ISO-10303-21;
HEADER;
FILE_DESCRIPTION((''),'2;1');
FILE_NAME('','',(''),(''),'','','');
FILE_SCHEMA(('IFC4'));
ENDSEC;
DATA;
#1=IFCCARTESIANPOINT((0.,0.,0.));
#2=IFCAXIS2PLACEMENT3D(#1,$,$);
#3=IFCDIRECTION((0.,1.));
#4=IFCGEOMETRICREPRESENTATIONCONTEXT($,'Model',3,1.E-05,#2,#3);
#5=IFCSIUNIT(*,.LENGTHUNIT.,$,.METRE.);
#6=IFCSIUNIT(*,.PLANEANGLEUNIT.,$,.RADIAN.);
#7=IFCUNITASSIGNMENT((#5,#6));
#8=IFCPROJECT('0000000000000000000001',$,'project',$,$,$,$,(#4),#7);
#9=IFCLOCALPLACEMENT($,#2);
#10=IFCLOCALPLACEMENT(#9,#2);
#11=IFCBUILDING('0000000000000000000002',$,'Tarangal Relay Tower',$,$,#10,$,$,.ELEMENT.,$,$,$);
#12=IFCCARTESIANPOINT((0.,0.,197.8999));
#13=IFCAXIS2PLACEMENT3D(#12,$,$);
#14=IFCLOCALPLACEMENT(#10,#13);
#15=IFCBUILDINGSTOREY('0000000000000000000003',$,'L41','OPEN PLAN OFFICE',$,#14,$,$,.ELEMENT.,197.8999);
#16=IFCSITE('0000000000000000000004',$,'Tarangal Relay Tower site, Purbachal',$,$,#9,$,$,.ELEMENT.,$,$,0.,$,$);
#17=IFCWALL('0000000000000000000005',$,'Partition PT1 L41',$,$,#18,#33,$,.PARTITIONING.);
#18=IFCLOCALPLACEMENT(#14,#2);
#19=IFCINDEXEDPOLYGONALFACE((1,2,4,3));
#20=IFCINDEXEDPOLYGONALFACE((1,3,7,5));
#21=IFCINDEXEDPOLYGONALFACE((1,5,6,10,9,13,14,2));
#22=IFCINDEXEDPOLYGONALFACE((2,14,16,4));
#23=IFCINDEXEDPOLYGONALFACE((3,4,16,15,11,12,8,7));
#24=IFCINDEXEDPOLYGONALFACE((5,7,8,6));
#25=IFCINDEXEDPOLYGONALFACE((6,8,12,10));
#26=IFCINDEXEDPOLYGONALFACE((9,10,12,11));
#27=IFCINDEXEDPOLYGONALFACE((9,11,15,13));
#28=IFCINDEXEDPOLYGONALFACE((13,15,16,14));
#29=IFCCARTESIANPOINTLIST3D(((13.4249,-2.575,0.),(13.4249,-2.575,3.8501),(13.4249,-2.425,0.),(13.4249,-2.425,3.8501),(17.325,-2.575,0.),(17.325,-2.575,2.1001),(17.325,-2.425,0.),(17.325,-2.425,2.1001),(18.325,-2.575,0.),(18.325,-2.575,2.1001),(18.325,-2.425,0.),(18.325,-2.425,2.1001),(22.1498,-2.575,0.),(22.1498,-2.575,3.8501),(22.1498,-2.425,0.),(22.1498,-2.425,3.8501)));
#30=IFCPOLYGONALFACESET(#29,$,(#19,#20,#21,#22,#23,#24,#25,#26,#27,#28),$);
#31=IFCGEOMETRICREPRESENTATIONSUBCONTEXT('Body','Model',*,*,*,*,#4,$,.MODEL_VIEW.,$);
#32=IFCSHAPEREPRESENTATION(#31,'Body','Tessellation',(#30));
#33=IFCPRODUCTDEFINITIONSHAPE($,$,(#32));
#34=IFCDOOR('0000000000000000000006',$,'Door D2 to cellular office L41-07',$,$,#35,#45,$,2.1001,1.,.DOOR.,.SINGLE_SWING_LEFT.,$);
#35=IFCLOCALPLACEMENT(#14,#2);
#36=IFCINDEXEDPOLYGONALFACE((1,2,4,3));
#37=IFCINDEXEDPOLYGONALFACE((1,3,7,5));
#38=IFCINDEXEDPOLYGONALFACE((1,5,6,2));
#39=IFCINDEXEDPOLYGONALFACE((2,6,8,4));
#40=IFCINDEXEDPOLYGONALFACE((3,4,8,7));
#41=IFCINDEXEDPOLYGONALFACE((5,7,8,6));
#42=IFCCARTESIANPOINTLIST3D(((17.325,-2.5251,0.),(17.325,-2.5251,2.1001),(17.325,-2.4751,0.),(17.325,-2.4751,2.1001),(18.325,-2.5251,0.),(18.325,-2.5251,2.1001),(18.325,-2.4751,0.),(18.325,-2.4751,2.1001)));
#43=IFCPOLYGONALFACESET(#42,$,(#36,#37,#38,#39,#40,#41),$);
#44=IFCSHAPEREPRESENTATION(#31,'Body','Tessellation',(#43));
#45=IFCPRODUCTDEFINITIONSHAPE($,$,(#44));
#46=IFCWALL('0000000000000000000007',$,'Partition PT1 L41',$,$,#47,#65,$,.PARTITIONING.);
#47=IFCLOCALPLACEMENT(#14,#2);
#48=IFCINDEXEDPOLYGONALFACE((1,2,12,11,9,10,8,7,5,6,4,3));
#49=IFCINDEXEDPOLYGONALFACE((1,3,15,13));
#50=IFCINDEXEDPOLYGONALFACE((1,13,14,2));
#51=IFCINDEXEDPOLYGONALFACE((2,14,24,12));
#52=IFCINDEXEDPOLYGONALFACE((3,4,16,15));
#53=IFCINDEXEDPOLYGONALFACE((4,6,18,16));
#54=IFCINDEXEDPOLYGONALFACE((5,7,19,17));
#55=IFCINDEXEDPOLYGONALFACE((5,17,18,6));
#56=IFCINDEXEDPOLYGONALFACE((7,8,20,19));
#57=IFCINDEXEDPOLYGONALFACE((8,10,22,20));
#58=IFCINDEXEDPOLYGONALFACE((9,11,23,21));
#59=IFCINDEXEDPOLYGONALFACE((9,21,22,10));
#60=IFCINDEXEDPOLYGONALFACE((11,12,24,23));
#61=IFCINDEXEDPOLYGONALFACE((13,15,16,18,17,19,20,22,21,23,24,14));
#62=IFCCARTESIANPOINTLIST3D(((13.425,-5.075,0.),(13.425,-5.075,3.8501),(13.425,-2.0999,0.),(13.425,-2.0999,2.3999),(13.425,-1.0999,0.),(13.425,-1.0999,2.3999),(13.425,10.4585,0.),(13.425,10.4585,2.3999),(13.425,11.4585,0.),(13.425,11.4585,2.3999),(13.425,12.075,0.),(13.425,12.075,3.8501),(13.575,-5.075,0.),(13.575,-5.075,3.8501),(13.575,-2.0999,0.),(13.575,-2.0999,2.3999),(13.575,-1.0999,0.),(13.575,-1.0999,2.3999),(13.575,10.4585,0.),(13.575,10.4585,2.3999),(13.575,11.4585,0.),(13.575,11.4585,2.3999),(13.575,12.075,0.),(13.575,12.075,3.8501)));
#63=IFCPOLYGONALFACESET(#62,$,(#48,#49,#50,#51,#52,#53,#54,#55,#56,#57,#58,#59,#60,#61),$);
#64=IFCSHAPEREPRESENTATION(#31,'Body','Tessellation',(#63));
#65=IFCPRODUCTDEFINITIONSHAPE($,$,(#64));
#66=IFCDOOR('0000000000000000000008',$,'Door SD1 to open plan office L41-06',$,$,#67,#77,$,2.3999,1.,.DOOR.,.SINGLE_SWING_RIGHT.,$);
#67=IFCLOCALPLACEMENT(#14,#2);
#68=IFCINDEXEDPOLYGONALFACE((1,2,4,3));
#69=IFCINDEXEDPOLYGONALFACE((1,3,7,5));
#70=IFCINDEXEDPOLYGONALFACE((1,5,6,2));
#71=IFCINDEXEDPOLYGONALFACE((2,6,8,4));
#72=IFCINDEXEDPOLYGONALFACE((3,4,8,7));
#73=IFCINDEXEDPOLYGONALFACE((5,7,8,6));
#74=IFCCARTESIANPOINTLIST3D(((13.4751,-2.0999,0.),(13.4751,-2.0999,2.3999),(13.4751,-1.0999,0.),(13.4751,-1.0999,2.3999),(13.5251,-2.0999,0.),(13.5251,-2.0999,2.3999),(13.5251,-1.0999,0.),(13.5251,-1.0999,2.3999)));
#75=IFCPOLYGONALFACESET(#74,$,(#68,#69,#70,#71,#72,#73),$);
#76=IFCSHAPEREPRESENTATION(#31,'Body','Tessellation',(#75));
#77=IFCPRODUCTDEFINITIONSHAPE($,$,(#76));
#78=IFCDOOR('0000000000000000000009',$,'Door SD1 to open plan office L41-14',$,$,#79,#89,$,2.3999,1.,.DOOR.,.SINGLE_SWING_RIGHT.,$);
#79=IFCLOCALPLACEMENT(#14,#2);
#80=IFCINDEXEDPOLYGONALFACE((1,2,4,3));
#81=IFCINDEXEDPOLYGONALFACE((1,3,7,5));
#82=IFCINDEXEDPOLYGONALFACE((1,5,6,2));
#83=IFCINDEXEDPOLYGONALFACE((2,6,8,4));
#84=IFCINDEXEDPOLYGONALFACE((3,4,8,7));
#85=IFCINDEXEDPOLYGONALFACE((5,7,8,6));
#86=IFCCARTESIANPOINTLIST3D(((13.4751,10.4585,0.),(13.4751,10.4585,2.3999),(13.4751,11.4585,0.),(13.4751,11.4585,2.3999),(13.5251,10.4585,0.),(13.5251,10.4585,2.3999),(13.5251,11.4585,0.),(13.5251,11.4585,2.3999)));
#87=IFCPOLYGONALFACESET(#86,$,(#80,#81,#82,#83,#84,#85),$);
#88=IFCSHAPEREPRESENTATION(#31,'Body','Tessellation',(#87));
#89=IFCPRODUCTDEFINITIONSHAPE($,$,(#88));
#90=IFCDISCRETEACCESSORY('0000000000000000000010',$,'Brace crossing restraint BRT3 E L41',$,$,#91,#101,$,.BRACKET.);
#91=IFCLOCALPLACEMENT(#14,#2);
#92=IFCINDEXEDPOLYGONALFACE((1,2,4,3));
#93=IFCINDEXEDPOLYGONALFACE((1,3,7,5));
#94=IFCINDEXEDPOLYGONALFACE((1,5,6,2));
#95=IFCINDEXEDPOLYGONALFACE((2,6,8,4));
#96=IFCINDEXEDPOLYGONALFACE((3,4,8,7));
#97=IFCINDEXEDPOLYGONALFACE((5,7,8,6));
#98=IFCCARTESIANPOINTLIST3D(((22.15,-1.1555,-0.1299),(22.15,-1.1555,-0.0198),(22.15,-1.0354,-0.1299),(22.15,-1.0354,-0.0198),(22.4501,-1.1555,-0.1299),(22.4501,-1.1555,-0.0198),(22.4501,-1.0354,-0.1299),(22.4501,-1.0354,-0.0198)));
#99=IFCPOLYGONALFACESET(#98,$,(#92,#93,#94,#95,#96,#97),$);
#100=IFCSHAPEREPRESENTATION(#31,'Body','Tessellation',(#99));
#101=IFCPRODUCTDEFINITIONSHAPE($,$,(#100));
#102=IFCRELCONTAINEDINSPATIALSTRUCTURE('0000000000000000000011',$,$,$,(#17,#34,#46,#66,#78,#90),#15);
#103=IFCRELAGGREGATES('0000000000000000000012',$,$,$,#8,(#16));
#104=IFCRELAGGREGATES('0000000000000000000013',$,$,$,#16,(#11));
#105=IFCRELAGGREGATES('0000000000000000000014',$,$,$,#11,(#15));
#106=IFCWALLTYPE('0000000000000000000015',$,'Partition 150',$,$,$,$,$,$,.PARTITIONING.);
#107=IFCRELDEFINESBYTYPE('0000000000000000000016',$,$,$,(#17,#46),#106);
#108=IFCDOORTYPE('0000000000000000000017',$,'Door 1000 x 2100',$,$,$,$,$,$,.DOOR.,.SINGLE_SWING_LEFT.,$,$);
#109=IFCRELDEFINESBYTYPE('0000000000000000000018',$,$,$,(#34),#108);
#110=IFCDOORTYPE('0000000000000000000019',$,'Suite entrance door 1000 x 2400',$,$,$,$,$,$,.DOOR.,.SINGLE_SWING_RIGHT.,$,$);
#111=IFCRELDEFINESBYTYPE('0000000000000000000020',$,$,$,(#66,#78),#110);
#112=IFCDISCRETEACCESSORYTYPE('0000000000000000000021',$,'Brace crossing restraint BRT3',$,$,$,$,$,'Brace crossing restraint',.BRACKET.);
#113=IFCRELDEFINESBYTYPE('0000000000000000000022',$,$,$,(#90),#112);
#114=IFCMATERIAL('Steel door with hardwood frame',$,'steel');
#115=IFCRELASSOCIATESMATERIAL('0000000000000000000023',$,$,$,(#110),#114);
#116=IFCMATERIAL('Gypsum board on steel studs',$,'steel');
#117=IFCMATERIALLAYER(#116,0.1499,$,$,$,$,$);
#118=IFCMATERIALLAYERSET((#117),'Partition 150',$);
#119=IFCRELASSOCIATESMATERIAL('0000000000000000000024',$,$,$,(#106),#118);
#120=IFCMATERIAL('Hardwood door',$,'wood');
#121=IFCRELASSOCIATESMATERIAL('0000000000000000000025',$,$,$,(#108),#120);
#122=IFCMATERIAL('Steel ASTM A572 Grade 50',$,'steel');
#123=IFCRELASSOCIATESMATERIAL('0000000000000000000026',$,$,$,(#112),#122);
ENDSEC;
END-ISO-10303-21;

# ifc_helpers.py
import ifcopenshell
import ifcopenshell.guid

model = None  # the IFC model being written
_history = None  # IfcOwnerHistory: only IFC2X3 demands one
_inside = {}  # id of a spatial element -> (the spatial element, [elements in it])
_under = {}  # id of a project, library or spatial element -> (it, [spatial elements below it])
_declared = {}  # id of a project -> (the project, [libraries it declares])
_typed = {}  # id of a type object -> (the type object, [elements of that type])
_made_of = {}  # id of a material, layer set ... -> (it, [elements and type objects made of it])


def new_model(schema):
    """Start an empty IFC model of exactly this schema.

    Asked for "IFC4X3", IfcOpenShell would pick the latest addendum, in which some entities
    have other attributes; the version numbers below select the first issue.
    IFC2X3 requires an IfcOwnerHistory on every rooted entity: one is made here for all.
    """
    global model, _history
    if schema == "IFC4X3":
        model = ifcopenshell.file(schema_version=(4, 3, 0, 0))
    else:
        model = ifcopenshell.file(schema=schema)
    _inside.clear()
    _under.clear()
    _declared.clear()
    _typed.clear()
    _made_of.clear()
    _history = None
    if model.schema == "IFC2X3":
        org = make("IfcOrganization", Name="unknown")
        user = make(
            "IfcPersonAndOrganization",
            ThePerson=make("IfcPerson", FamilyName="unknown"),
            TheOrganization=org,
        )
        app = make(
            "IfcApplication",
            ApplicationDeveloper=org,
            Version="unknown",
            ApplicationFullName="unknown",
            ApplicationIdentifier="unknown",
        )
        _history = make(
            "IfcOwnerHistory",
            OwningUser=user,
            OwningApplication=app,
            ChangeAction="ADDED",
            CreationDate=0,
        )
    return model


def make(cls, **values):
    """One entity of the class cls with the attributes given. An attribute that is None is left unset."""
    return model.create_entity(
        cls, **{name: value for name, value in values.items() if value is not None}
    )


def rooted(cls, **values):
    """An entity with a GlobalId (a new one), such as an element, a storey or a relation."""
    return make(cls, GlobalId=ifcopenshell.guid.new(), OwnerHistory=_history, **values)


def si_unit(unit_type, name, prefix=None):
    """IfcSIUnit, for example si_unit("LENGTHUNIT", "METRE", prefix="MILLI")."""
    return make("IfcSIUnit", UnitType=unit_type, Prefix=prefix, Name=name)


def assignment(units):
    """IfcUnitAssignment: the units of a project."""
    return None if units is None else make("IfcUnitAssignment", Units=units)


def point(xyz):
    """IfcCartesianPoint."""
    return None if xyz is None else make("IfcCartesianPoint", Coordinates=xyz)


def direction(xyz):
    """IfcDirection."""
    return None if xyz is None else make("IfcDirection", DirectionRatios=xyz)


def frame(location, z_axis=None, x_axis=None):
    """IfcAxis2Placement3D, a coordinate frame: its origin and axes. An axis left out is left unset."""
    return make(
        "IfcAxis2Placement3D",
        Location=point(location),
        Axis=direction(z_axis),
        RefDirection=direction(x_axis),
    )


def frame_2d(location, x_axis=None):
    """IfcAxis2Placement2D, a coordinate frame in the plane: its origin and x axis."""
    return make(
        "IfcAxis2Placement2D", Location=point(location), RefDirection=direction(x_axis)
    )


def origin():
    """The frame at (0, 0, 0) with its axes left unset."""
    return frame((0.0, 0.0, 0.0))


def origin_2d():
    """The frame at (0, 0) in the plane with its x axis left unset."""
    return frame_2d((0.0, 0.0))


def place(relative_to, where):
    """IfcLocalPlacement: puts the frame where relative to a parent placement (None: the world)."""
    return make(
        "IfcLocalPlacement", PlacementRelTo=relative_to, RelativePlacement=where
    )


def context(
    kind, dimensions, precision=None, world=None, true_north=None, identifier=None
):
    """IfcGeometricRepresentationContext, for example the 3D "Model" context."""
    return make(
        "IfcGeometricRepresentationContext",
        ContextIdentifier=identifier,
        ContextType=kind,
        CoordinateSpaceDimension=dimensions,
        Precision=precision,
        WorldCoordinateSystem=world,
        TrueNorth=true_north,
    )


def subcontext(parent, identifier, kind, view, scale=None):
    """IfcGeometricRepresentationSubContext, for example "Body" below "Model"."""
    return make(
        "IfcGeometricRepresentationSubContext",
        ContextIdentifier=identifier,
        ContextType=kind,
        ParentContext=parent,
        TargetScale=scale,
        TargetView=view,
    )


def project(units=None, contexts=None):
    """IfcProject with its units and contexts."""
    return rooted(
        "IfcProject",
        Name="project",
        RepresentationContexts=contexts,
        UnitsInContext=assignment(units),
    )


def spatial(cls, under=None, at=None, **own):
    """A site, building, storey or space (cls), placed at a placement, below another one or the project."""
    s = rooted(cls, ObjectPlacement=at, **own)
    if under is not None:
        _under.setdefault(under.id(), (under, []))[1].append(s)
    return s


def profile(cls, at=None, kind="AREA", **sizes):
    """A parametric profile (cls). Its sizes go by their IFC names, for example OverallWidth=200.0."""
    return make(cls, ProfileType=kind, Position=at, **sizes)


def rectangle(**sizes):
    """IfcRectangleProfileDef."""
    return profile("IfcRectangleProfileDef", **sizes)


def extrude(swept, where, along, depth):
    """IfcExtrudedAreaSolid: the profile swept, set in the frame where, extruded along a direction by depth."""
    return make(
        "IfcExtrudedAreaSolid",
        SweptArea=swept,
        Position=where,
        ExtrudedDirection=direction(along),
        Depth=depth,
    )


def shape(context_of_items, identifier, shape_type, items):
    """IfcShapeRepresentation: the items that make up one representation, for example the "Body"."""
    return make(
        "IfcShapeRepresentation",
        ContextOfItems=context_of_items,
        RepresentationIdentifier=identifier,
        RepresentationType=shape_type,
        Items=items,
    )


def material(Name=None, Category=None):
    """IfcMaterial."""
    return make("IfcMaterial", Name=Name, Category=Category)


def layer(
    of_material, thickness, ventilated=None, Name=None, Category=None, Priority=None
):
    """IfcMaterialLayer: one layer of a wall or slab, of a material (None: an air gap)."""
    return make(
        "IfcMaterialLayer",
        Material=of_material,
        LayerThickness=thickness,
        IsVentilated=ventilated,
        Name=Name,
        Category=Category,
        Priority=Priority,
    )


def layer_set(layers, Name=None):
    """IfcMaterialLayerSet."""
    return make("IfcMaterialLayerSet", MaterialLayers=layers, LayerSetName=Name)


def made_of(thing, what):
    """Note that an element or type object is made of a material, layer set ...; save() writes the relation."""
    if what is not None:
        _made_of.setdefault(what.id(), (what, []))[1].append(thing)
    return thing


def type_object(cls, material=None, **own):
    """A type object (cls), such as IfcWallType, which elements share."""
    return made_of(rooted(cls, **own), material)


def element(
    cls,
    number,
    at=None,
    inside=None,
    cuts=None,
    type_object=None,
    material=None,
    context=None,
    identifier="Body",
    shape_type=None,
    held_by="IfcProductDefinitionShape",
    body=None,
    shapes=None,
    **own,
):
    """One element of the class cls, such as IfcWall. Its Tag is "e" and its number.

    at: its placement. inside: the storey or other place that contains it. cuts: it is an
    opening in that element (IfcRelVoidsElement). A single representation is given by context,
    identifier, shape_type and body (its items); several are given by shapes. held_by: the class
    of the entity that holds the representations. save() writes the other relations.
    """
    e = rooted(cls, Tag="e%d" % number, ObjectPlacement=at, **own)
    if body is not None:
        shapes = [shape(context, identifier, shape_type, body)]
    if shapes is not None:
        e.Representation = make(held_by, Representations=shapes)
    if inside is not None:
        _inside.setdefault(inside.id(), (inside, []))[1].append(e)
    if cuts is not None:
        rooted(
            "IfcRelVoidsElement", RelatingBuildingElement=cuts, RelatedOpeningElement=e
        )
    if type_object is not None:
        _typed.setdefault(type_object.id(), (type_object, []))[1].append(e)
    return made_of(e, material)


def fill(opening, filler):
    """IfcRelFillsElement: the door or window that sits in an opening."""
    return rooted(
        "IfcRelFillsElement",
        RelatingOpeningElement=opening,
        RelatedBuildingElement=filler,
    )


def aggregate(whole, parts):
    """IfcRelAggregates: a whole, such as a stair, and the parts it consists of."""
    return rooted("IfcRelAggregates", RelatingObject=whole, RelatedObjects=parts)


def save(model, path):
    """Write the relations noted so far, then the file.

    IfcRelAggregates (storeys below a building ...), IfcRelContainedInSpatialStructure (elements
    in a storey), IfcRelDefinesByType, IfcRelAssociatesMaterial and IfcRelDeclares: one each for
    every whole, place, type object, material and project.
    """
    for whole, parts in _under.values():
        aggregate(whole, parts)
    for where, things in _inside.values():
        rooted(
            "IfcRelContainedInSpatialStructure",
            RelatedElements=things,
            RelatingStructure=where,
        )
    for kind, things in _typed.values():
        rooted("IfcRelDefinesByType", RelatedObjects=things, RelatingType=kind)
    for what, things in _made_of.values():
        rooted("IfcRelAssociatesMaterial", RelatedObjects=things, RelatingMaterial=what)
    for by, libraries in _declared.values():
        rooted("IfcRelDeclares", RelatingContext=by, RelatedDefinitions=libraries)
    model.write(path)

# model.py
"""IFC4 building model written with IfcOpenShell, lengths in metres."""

from ifc_helpers import new_model, si_unit, direction, frame, frame_2d, origin, origin_2d, place, context, subcontext, project, spatial, rectangle, extrude, material, layer, layer_set, type_object, element, fill, save


model = new_model("IFC4")

# Units and contexts
model_context = context("Model", 3, precision=1e-05, world=origin(), true_north=direction((0.0, 1.0)))
body_context = subcontext(model_context, "Body", "Model", "MODEL_VIEW")
ifc_project = project(units=[si_unit("LENGTHUNIT", "METRE"), si_unit("PLANEANGLEUNIT", "RADIAN")], contexts=[model_context])

# Site, building, storey
site_placement = place(None, origin())
site = spatial("IfcSite", under=ifc_project, at=site_placement, Name="Tarangal Relay Tower site, Purbachal", CompositionType="ELEMENT", RefElevation=0.0)
building_placement = place(site_placement, origin())
building = spatial("IfcBuilding", under=site, at=building_placement, Name="Tarangal Relay Tower", CompositionType="ELEMENT")
storey_placement = place(building_placement, frame((0.0, 0.0, 197.8999)))
storey = spatial("IfcBuildingStorey", under=building, at=storey_placement, Name="L41", Description="OPEN PLAN OFFICE", CompositionType="ELEMENT", Elevation=197.8999)

# Shared definitions
ifc_material_1 = material(Name="Steel ASTM A572 Grade 50", Category="steel")

# Shared definitions
ifc_material_2 = material(Name="Steel door with hardwood frame", Category="steel")
door_type_1 = type_object("IfcDoorType", Name="Suite entrance door 1000 x 2400", OperationType="SINGLE_SWING_RIGHT", PredefinedType="DOOR", material=ifc_material_2)

# Wall, opening, door
ifc_material_3 = material(Name="Gypsum board on steel studs", Category="steel")
ifc_layer_1 = layer(ifc_material_3, 0.1499)
ifc_layer_set_1 = layer_set([ifc_layer_1], Name="Partition 150")
wall_type_1 = type_object("IfcWallType", Name="Partition 150", PredefinedType="PARTITIONING", material=ifc_layer_set_1)
wall_1_placement = place(storey_placement, frame((13.425, -2.5, 0.0), z_axis=(0.0, 0.0, 1.0), x_axis=(1.0, 0.0, 0.0)))
wall_1 = element("IfcWall", 1, at=wall_1_placement, inside=storey, type_object=wall_type_1, Name="Partition PT1 L41", PredefinedType="PARTITIONING", context=body_context, shape_type="SweptSolid", body=[
    extrude(rectangle(XDim=8.7249, YDim=0.1499, at=frame_2d((4.3623, 0.0))), origin(), (0.0, 0.0, 1.0), 3.8501),
])
opening_1_placement = place(wall_1_placement, frame((3.8999, 0.0, 0.0)))
opening_1 = element("IfcOpeningElement", 2, at=opening_1_placement, cuts=wall_1, PredefinedType="OPENING", context=body_context, shape_type="SweptSolid", body=[
    extrude(rectangle(XDim=1.0, YDim=2.1001, at=frame_2d((0.5, 1.05))), frame((0.0, 0.085, 0.0), z_axis=(0.0, -1.0, 0.0), x_axis=(1.0, 0.0, 0.0)), (0.0, 0.0, 1.0), 0.1699),
])
ifc_material_4 = material(Name="Hardwood door", Category="wood")
door_type_2 = type_object("IfcDoorType", Name="Door 1000 x 2100", OperationType="SINGLE_SWING_LEFT", PredefinedType="DOOR", material=ifc_material_4)
door_1_placement = place(opening_1_placement, origin())
door_1 = element("IfcDoor", 3, at=door_1_placement, inside=storey, type_object=door_type_2, Name="Door D2 to cellular office L41-07", OperationType="SINGLE_SWING_LEFT", OverallHeight=2.1001, OverallWidth=1.0, PredefinedType="DOOR", context=body_context, shape_type="SweptSolid", body=[
    extrude(rectangle(XDim=1.0, YDim=2.1001, at=frame_2d((0.5, 1.05))), frame((0.0, 0.0249, 0.0), z_axis=(0.0, -1.0, 0.0), x_axis=(1.0, 0.0, 0.0)), (0.0, 0.0, 1.0), 0.05),
])
fill(opening_1, door_1)

# Wall, openings, doors
wall_2_placement = place(storey_placement, frame((13.5, -5.075, 0.0), z_axis=(0.0, 0.0, 1.0), x_axis=(0.0, 1.0, 0.0)))
wall_2 = element("IfcWall", 4, at=wall_2_placement, inside=storey, type_object=wall_type_1, Name="Partition PT1 L41", PredefinedType="PARTITIONING", context=body_context, shape_type="SweptSolid", body=[
    extrude(rectangle(XDim=17.1499, YDim=0.1499, at=frame_2d((8.575, 0.0))), origin(), (0.0, 0.0, 1.0), 3.8501),
])
opening_2_placement = place(wall_2_placement, frame((2.9751, 0.0, 0.0)))
opening_2 = element("IfcOpeningElement", 5, at=opening_2_placement, cuts=wall_2, PredefinedType="OPENING", context=body_context, shape_type="SweptSolid", body=[
    extrude(rectangle(XDim=1.0, YDim=2.3999, at=frame_2d((0.5, 1.2))), frame((0.0, 0.085, 0.0), z_axis=(0.0, -1.0, 0.0), x_axis=(1.0, 0.0, 0.0)), (0.0, 0.0, 1.0), 0.1699),
])
opening_3_placement = place(wall_2_placement, frame((15.5334, 0.0, 0.0)))
opening_3 = element("IfcOpeningElement", 6, at=opening_3_placement, cuts=wall_2, PredefinedType="OPENING", context=body_context, shape_type="SweptSolid", body=[
    extrude(rectangle(XDim=1.0, YDim=2.3999, at=frame_2d((0.5, 1.2))), frame((0.0, 0.085, 0.0), z_axis=(0.0, -1.0, 0.0), x_axis=(1.0, 0.0, 0.0)), (0.0, 0.0, 1.0), 0.1699),
])
door_2_placement = place(opening_2_placement, origin())
door_2 = element("IfcDoor", 7, at=door_2_placement, inside=storey, type_object=door_type_1, Name="Door SD1 to open plan office L41-06", OperationType="SINGLE_SWING_RIGHT", OverallHeight=2.3999, OverallWidth=1.0, PredefinedType="DOOR", context=body_context, shape_type="SweptSolid", body=[
    extrude(rectangle(XDim=1.0, YDim=2.3999, at=frame_2d((0.5, 1.2))), frame((0.0, 0.0249, 0.0), z_axis=(0.0, -1.0, 0.0), x_axis=(1.0, 0.0, 0.0)), (0.0, 0.0, 1.0), 0.05),
])
fill(opening_2, door_2)
door_3_placement = place(opening_3_placement, origin())
door_3 = element("IfcDoor", 8, at=door_3_placement, inside=storey, type_object=door_type_1, Name="Door SD1 to open plan office L41-14", OperationType="SINGLE_SWING_RIGHT", OverallHeight=2.3999, OverallWidth=1.0, PredefinedType="DOOR", context=body_context, shape_type="SweptSolid", body=[
    extrude(rectangle(XDim=1.0, YDim=2.3999, at=frame_2d((0.5, 1.2))), frame((0.0, 0.0249, 0.0), z_axis=(0.0, -1.0, 0.0), x_axis=(1.0, 0.0, 0.0)), (0.0, 0.0, 1.0), 0.05),
])
fill(opening_3, door_3)

# Discrete accessory
discrete_accessory_type = type_object("IfcDiscreteAccessoryType", Name="Brace crossing restraint BRT3", ElementType="Brace crossing restraint", PredefinedType="BRACKET", material=ifc_material_1)
discrete_accessory_placement = place(storey_placement, frame((22.3, -1.0955, -0.1299), z_axis=(0.0, 0.0, 1.0), x_axis=(1.0, 0.0, 0.0)))
element("IfcDiscreteAccessory", 9, at=discrete_accessory_placement, inside=storey, type_object=discrete_accessory_type, Name="Brace crossing restraint BRT3 E L41", PredefinedType="BRACKET", context=body_context, shape_type="SweptSolid", body=[
    extrude(rectangle(XDim=0.3, YDim=0.1201, at=origin_2d()), origin(), (0.0, 0.0, 1.0), 0.1101),
])

save(model, "model.ifc")
